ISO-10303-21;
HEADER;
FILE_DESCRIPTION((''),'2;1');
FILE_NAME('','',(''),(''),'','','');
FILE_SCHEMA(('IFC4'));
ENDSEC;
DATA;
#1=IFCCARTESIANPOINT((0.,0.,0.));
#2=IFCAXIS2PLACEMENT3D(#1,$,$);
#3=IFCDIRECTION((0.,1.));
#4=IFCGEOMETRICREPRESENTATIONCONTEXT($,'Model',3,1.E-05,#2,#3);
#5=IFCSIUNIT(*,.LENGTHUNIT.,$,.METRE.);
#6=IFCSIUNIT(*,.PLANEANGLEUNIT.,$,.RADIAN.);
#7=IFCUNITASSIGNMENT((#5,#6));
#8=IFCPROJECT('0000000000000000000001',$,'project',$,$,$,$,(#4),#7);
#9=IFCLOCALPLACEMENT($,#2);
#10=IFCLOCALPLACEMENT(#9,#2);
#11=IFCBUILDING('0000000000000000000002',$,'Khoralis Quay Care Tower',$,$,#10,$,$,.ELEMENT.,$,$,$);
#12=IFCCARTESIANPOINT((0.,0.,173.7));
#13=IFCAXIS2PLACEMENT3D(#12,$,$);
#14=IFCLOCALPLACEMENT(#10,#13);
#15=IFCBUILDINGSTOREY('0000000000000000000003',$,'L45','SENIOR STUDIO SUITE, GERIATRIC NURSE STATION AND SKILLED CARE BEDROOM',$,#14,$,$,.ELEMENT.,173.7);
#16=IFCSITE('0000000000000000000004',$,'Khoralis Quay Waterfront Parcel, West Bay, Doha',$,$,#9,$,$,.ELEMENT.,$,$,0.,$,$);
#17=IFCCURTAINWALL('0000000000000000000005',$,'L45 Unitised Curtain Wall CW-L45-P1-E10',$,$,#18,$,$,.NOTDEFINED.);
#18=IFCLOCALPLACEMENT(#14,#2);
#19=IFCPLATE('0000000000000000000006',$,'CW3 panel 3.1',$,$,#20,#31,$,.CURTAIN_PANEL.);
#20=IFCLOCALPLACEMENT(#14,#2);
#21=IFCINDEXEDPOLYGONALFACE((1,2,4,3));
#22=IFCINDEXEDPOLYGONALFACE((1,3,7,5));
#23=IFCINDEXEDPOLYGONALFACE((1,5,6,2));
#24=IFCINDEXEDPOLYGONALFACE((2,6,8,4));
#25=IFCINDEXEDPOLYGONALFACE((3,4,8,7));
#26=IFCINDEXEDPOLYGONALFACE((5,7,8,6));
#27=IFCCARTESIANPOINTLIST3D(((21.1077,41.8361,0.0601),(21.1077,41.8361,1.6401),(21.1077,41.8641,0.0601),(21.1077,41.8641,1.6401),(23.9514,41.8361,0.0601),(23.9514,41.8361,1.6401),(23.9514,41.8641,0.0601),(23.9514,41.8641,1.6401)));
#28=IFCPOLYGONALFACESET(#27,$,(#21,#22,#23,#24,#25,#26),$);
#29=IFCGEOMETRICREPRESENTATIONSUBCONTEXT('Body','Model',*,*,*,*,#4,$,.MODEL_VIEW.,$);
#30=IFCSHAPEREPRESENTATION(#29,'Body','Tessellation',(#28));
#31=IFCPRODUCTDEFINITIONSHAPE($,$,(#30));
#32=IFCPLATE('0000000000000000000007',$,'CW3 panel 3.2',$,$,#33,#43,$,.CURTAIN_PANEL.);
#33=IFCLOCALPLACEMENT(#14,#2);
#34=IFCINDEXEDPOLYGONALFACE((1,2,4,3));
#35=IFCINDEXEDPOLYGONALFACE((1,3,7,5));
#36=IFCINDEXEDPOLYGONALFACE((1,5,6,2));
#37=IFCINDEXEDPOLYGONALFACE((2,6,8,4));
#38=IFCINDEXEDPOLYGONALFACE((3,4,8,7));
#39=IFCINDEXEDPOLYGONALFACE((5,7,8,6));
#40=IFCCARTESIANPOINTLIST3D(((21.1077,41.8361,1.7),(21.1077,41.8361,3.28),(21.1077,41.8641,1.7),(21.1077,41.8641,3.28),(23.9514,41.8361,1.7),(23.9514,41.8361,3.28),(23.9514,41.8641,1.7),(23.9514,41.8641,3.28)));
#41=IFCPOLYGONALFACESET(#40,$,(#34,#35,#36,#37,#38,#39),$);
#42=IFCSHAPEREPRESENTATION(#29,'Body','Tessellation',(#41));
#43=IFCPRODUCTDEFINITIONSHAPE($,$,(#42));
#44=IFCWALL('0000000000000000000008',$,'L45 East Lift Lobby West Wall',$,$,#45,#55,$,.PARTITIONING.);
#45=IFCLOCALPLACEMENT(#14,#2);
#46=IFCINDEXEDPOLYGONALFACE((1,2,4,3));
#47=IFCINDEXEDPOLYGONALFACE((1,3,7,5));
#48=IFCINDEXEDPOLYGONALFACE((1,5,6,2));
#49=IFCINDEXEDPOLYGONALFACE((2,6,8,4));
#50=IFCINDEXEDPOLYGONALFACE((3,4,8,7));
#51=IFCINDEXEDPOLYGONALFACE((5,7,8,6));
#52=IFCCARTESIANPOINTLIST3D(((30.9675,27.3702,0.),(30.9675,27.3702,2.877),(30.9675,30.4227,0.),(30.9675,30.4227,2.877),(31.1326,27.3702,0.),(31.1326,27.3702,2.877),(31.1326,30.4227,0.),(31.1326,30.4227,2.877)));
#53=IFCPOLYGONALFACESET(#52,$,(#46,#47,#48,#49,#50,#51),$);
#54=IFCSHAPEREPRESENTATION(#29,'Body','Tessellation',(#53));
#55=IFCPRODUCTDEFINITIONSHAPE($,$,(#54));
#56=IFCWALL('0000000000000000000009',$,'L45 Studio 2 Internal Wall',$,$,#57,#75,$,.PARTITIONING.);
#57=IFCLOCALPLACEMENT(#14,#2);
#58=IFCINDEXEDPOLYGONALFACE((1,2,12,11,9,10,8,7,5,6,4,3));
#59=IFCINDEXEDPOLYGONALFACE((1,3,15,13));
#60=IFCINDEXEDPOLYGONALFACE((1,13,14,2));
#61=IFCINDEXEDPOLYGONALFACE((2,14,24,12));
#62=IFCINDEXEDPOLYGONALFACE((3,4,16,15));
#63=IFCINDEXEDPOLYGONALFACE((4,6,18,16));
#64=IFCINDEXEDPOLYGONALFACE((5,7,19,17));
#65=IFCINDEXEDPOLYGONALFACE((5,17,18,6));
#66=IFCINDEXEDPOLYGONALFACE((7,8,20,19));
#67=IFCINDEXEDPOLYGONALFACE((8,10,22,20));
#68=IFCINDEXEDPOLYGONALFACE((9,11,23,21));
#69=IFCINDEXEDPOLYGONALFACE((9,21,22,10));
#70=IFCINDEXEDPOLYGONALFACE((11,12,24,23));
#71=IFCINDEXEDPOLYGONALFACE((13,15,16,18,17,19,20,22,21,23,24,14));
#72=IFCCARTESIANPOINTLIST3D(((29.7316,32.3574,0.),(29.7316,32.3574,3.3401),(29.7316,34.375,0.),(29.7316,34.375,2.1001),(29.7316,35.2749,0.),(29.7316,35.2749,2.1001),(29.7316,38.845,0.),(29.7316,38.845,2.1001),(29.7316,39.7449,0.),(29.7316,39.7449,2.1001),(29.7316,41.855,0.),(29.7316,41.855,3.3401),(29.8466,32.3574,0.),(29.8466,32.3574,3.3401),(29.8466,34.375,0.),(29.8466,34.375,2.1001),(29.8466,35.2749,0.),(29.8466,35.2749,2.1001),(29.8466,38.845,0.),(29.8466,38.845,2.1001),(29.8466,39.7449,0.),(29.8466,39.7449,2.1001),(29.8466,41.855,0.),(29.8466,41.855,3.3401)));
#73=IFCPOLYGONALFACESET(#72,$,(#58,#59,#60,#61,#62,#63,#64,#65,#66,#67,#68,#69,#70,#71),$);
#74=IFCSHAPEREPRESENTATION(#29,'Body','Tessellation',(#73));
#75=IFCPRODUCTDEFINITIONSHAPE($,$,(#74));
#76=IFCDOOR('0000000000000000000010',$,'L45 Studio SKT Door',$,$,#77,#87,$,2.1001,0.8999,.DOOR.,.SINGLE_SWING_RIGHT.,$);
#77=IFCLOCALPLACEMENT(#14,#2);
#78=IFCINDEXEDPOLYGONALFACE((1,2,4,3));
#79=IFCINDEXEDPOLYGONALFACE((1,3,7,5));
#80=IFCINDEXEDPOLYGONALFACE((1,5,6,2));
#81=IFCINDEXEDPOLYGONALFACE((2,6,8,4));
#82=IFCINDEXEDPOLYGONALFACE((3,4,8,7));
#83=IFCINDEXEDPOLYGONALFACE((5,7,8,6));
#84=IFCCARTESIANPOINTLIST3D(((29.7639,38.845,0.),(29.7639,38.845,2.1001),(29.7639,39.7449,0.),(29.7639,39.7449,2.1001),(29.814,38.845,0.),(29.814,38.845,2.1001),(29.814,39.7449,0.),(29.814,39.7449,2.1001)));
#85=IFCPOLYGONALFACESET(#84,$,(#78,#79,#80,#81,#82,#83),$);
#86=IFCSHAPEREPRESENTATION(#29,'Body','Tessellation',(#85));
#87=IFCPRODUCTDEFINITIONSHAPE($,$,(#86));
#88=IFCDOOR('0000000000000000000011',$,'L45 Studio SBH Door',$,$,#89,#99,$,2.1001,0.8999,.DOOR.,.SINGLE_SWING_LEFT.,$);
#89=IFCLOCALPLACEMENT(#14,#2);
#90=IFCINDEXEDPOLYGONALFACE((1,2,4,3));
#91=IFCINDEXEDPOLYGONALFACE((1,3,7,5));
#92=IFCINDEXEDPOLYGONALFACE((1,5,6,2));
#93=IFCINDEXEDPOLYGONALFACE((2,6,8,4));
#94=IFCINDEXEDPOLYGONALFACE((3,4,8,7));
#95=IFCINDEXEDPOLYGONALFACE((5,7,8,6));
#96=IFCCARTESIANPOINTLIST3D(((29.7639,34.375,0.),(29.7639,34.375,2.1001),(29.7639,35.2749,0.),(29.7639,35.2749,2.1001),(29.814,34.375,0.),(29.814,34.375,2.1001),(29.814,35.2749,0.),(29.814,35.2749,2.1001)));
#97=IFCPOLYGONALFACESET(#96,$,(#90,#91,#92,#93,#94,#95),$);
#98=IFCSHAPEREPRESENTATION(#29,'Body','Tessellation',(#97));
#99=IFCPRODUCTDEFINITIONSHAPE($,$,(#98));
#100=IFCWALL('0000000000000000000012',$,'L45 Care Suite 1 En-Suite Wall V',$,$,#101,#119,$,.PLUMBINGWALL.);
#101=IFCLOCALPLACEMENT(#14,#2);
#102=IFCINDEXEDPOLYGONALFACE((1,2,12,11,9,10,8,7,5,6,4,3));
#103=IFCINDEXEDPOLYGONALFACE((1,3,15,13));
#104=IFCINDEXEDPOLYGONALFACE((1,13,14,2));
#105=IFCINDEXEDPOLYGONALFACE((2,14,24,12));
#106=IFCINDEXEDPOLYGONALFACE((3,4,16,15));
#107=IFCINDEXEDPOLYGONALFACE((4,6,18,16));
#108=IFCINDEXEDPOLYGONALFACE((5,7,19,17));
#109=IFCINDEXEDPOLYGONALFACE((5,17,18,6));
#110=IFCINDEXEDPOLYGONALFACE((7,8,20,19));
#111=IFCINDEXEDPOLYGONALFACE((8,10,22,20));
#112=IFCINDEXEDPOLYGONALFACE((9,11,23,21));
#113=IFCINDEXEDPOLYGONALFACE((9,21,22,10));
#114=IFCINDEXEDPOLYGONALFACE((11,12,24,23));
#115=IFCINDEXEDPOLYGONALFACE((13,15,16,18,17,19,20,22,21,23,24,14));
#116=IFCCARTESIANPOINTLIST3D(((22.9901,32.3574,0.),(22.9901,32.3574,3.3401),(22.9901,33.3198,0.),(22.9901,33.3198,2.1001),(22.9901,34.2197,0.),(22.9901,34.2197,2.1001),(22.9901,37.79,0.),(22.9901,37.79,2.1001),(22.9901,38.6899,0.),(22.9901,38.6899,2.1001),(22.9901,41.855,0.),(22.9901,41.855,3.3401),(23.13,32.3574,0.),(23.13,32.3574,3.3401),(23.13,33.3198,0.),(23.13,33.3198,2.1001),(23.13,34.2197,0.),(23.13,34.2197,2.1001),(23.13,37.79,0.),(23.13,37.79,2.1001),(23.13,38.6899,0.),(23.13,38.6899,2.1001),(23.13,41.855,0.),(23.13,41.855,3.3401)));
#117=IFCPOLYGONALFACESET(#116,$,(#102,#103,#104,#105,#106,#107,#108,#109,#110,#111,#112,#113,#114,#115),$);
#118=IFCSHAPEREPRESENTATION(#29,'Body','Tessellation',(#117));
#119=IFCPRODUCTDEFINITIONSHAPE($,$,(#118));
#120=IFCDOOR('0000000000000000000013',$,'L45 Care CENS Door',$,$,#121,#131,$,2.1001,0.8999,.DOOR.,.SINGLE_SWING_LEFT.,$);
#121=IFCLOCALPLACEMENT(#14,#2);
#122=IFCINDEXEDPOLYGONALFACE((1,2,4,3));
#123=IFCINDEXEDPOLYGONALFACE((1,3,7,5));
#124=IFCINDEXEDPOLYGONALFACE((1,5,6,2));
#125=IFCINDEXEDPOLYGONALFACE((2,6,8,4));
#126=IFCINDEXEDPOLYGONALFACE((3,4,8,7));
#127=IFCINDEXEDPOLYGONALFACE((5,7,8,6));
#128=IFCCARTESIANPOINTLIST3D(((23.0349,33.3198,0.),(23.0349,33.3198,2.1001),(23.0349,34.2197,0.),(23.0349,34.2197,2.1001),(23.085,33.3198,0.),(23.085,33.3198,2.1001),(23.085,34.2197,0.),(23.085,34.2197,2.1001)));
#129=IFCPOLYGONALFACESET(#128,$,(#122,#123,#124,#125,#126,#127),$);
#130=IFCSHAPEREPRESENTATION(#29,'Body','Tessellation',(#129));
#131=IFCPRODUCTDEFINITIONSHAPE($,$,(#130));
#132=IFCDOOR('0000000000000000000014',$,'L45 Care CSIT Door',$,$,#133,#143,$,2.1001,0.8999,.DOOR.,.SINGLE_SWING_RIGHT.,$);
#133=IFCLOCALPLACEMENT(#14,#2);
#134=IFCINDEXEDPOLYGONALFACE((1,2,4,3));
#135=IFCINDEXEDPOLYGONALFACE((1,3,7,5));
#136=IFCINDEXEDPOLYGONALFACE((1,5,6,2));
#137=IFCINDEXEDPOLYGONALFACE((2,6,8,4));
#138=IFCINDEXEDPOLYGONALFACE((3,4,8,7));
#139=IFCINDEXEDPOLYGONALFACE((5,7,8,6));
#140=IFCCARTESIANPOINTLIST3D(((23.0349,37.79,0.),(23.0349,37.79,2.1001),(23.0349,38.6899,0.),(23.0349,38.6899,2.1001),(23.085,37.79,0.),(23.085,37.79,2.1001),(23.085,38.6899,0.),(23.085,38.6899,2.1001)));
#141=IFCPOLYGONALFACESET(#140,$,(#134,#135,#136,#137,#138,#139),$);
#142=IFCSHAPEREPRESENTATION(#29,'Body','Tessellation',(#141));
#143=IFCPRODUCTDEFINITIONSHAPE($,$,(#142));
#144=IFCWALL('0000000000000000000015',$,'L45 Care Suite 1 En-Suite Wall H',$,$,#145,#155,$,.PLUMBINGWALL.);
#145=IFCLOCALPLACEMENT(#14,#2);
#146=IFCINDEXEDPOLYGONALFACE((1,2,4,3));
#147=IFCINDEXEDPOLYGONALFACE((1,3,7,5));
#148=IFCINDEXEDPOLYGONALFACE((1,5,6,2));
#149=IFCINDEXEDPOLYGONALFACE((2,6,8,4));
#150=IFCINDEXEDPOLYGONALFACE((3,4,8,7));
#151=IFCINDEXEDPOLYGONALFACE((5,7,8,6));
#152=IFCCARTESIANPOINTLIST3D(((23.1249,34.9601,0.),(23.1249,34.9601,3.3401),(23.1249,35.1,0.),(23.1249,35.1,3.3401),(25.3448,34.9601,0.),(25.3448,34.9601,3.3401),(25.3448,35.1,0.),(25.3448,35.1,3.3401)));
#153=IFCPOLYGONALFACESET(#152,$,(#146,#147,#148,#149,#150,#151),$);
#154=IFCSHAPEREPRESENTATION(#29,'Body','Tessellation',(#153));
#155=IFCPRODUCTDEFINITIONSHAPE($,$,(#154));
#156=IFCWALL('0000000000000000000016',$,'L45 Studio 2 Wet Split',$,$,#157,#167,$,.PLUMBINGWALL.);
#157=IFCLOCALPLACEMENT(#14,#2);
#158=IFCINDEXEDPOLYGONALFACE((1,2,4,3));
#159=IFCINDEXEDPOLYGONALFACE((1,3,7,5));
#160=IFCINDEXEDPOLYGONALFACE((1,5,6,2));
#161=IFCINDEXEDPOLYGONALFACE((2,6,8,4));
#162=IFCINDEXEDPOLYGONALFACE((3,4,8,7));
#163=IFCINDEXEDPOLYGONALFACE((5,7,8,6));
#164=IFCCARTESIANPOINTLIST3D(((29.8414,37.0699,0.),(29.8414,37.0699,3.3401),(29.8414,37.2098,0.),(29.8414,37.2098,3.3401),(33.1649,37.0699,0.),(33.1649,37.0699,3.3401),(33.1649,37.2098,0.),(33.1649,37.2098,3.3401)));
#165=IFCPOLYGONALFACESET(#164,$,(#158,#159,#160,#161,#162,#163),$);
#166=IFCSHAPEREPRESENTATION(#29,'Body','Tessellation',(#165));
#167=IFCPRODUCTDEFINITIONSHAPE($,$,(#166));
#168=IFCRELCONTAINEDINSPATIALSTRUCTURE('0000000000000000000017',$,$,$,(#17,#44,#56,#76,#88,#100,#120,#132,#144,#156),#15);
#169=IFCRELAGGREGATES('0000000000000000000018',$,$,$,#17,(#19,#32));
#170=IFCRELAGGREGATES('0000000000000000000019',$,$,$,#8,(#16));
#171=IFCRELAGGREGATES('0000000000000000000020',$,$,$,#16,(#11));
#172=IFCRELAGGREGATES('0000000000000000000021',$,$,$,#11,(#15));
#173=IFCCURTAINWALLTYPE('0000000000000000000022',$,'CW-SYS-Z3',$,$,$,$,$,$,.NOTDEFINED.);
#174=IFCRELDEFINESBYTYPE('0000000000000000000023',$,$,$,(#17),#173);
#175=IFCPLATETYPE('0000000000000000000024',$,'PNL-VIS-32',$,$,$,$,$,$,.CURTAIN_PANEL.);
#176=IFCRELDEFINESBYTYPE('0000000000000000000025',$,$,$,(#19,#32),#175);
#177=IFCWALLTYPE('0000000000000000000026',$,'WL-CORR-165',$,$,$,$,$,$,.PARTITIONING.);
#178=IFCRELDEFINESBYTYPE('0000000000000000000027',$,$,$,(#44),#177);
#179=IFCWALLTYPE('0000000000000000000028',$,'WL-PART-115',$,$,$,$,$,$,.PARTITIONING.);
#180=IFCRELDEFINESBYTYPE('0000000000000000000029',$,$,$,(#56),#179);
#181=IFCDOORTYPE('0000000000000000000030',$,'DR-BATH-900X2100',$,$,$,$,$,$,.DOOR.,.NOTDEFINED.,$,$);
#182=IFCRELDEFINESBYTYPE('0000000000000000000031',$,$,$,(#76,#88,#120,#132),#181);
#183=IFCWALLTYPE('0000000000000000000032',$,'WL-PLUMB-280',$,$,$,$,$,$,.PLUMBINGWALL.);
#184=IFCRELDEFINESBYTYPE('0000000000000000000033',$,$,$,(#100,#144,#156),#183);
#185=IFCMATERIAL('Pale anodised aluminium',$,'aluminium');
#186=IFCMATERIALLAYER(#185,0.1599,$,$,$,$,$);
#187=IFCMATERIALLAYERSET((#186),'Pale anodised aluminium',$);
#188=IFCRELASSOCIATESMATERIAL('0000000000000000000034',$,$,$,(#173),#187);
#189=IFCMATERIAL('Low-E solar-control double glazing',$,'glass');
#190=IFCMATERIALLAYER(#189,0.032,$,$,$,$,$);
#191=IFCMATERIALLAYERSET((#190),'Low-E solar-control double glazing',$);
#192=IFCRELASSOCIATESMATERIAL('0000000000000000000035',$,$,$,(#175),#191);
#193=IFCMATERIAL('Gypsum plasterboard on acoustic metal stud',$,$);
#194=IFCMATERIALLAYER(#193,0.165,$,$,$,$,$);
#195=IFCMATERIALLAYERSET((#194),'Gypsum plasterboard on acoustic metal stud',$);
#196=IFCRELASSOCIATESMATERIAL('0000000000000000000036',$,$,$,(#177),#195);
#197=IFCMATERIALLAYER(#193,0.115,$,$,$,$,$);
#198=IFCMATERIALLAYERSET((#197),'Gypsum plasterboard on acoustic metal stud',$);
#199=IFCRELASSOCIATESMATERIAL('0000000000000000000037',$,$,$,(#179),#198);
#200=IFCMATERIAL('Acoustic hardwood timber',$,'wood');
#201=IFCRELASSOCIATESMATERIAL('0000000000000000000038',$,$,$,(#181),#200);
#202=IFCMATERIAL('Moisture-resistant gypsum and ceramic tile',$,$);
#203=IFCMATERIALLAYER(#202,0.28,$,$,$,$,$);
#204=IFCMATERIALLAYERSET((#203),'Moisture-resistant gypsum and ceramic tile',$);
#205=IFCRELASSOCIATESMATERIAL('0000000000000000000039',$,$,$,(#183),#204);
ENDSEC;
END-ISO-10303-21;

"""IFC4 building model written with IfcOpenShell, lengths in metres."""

from ifc_helpers import new_model, si_unit, direction, frame, frame_2d, origin, origin_2d, place, context, subcontext, project, spatial, rectangle, extrude, source, transform, mapped, material, layer, layer_set, type_object, element, fill, aggregate, save


model = new_model("IFC4")

# Units and contexts
model_context = context("Model", 3, precision=1e-05, world=origin(), true_north=direction((0.0, 1.0)))
body_context = subcontext(model_context, "Body", "Model", "MODEL_VIEW")
ifc_project = project(units=[si_unit("LENGTHUNIT", "METRE"), si_unit("PLANEANGLEUNIT", "RADIAN")], contexts=[model_context])

# Site, building, storey
site_placement = place(None, origin())
site = spatial("IfcSite", under=ifc_project, at=site_placement, Name="Khoralis Quay Waterfront Parcel, West Bay, Doha", CompositionType="ELEMENT", RefElevation=0.0)
building_placement = place(site_placement, origin())
building = spatial("IfcBuilding", under=site, at=building_placement, Name="Khoralis Quay Care Tower", CompositionType="ELEMENT")
storey_placement = place(building_placement, frame((0.0, 0.0, 173.7)))
storey = spatial("IfcBuildingStorey", under=building, at=storey_placement, Name="L45", Description="SENIOR STUDIO SUITE, GERIATRIC NURSE STATION AND SKILLED CARE BEDROOM", CompositionType="ELEMENT", Elevation=173.7)

# Curtain wall, plates
ifc_material_1 = material(Name="Pale anodised aluminium", Category="aluminium")
ifc_layer_1 = layer(ifc_material_1, 0.1599)
ifc_layer_set_1 = layer_set([ifc_layer_1], Name="Pale anodised aluminium")
curtain_wall_type = type_object("IfcCurtainWallType", Name="CW-SYS-Z3", PredefinedType="NOTDEFINED", material=ifc_layer_set_1)
curtain_wall_placement = place(storey_placement, origin())
curtain_wall = element("IfcCurtainWall", 1, at=curtain_wall_placement, inside=storey, type_object=curtain_wall_type, Name="L45 Unitised Curtain Wall CW-L45-P1-E10", PredefinedType="NOTDEFINED")
ifc_material_2 = material(Name="Low-E solar-control double glazing", Category="glass")
ifc_layer_2 = layer(ifc_material_2, 0.032)
ifc_layer_set_2 = layer_set([ifc_layer_2], Name="Low-E solar-control double glazing")
plate_type = type_object("IfcPlateType", Name="PNL-VIS-32", PredefinedType="CURTAIN_PANEL", material=ifc_layer_set_2)
shared_shape_1 = source(origin(), body_context, "Body", "SweptSolid", [
    extrude(rectangle(XDim=2.8438, YDim=0.0281, at=origin_2d()), origin(), (0.0, 0.0, 1.0), 1.5801),
])
plate_1_placement = place(storey_placement, frame((22.5295, 41.8501, 0.0601), z_axis=(0.0, 0.0, 1.0), x_axis=(-1.0, 0.0, 0.0)))
plate_1 = element("IfcPlate", 2, at=plate_1_placement, type_object=plate_type, Name="CW3 panel 3.1", PredefinedType="CURTAIN_PANEL", context=body_context, shape_type="MappedRepresentation", body=[
    mapped(shared_shape_1, transform((0.0, 0.0, 0.0), scale=1.0)),
])
plate_2_placement = place(storey_placement, frame((22.5295, 41.8501, 1.7), z_axis=(0.0, 0.0, 1.0), x_axis=(-1.0, 0.0, 0.0)))
plate_2 = element("IfcPlate", 3, at=plate_2_placement, type_object=plate_type, Name="CW3 panel 3.2", PredefinedType="CURTAIN_PANEL", context=body_context, shape_type="MappedRepresentation", body=[
    mapped(shared_shape_1, transform((0.0, 0.0, 0.0), scale=1.0)),
])
aggregate(curtain_wall, [plate_1, plate_2])

# Wall
ifc_material_3 = material(Name="Gypsum plasterboard on acoustic metal stud")
ifc_layer_3 = layer(ifc_material_3, 0.165)
ifc_layer_set_3 = layer_set([ifc_layer_3], Name="Gypsum plasterboard on acoustic metal stud")
wall_type_1 = type_object("IfcWallType", Name="WL-CORR-165", PredefinedType="PARTITIONING", material=ifc_layer_set_3)
wall_1_placement = place(storey_placement, frame((31.05, 27.3701, 0.0), z_axis=(0.0, 0.0, 1.0), x_axis=(0.0, 1.0, 0.0)))
element("IfcWall", 4, at=wall_1_placement, inside=storey, type_object=wall_type_1, Name="L45 East Lift Lobby West Wall", PredefinedType="PARTITIONING", context=body_context, shape_type="SweptSolid", body=[
    extrude(rectangle(XDim=3.0525, YDim=0.165, at=frame_2d((1.5264, 0.0))), origin(), (0.0, 0.0, 1.0), 2.877),
])

# Walls, openings, doors
ifc_layer_4 = layer(ifc_material_3, 0.115)
ifc_layer_set_4 = layer_set([ifc_layer_4], Name="Gypsum plasterboard on acoustic metal stud")
wall_type_2 = type_object("IfcWallType", Name="WL-PART-115", PredefinedType="PARTITIONING", material=ifc_layer_set_4)
wall_2_placement = place(storey_placement, frame((29.7891, 32.3574, 0.0), z_axis=(0.0, 0.0, 1.0), x_axis=(0.0, 1.0, 0.0)))
wall_2 = element("IfcWall", 5, at=wall_2_placement, inside=storey, type_object=wall_type_2, Name="L45 Studio 2 Internal Wall", PredefinedType="PARTITIONING", context=body_context, shape_type="SweptSolid", body=[
    extrude(rectangle(XDim=9.4976, YDim=0.115, at=frame_2d((4.7488, 0.0))), origin(), (0.0, 0.0, 1.0), 3.3401),
])
opening_1_placement = place(wall_2_placement, frame((6.4875, 0.0, 0.0)))
opening_1 = element("IfcOpeningElement", 6, at=opening_1_placement, cuts=wall_2, PredefinedType="OPENING", context=body_context, shape_type="SweptSolid", body=[
    extrude(rectangle(XDim=0.8999, YDim=2.1001, at=frame_2d((0.45, 1.05))), frame((0.0, 0.0674, 0.0), z_axis=(0.0, -1.0, 0.0), x_axis=(1.0, 0.0, 0.0)), (0.0, 0.0, 1.0), 0.135),
])
opening_2_placement = place(wall_2_placement, frame((2.0176, 0.0, 0.0)))
opening_2 = element("IfcOpeningElement", 7, at=opening_2_placement, cuts=wall_2, PredefinedType="OPENING", context=body_context, shape_type="SweptSolid", body=[
    extrude(rectangle(XDim=0.8999, YDim=2.1001, at=frame_2d((0.45, 1.05))), frame((0.0, 0.0674, 0.0), z_axis=(0.0, -1.0, 0.0), x_axis=(1.0, 0.0, 0.0)), (0.0, 0.0, 1.0), 0.135),
])
ifc_material_4 = material(Name="Acoustic hardwood timber", Category="wood")
door_type = type_object("IfcDoorType", Name="DR-BATH-900X2100", OperationType="NOTDEFINED", PredefinedType="DOOR", material=ifc_material_4)
shared_shape_2 = source(origin(), body_context, "Body", "SweptSolid", [
    extrude(rectangle(XDim=0.8999, YDim=2.1001, at=frame_2d((0.45, 1.05))), frame((0.0, 0.0249, 0.0), z_axis=(0.0, -1.0, 0.0), x_axis=(1.0, 0.0, 0.0)), (0.0, 0.0, 1.0), 0.05),
])
door_1_placement = place(opening_1_placement, frame((0.8999, 0.0, 0.0), z_axis=(0.0, 0.0, 1.0), x_axis=(-1.0, 0.0, 0.0)))
door_1 = element("IfcDoor", 8, at=door_1_placement, inside=storey, type_object=door_type, Name="L45 Studio SKT Door", OperationType="SINGLE_SWING_RIGHT", OverallHeight=2.1001, OverallWidth=0.8999, PredefinedType="DOOR", context=body_context, shape_type="MappedRepresentation", body=[
    mapped(shared_shape_2, transform((0.0, 0.0, 0.0), scale=1.0)),
])
fill(opening_1, door_1)
door_2_placement = place(opening_2_placement, frame((0.8999, 0.0, 0.0), z_axis=(0.0, 0.0, 1.0), x_axis=(-1.0, 0.0, 0.0)))
door_2 = element("IfcDoor", 9, at=door_2_placement, inside=storey, type_object=door_type, Name="L45 Studio SBH Door", OperationType="SINGLE_SWING_LEFT", OverallHeight=2.1001, OverallWidth=0.8999, PredefinedType="DOOR", context=body_context, shape_type="MappedRepresentation", body=[
    mapped(shared_shape_2, transform((0.0, 0.0, 0.0), scale=1.0)),
])
fill(opening_2, door_2)
ifc_material_5 = material(Name="Moisture-resistant gypsum and ceramic tile")
ifc_layer_5 = layer(ifc_material_5, 0.28)
ifc_layer_set_5 = layer_set([ifc_layer_5], Name="Moisture-resistant gypsum and ceramic tile")
wall_type_3 = type_object("IfcWallType", Name="WL-PLUMB-280", PredefinedType="PLUMBINGWALL", material=ifc_layer_set_5)
wall_3_placement = place(storey_placement, frame((23.0601, 32.3574, 0.0), z_axis=(0.0, 0.0, 1.0), x_axis=(0.0, 1.0, 0.0)))
wall_3 = element("IfcWall", 10, at=wall_3_placement, inside=storey, type_object=wall_type_3, Name="L45 Care Suite 1 En-Suite Wall V", PredefinedType="PLUMBINGWALL", context=body_context, shape_type="SweptSolid", body=[
    extrude(rectangle(XDim=9.4976, YDim=0.1399, at=frame_2d((4.7488, 0.0))), origin(), (0.0, 0.0, 1.0), 3.3401),
])
opening_3_placement = place(wall_3_placement, frame((0.9624, 0.0, 0.0)))
opening_3 = element("IfcOpeningElement", 11, at=opening_3_placement, cuts=wall_3, PredefinedType="OPENING", context=body_context, shape_type="SweptSolid", body=[
    extrude(rectangle(XDim=0.8999, YDim=2.1001, at=frame_2d((0.45, 1.05))), frame((0.0, 0.0801, 0.0), z_axis=(0.0, -1.0, 0.0), x_axis=(1.0, 0.0, 0.0)), (0.0, 0.0, 1.0), 0.1599),
])
opening_4_placement = place(wall_3_placement, frame((5.4326, 0.0, 0.0)))
opening_4 = element("IfcOpeningElement", 12, at=opening_4_placement, cuts=wall_3, PredefinedType="OPENING", context=body_context, shape_type="SweptSolid", body=[
    extrude(rectangle(XDim=0.8999, YDim=2.1001, at=frame_2d((0.45, 1.05))), frame((0.0, 0.0801, 0.0), z_axis=(0.0, -1.0, 0.0), x_axis=(1.0, 0.0, 0.0)), (0.0, 0.0, 1.0), 0.1599),
])
door_3_placement = place(opening_3_placement, frame((0.8999, 0.0, 0.0), z_axis=(0.0, 0.0, 1.0), x_axis=(-1.0, 0.0, 0.0)))
door_3 = element("IfcDoor", 13, at=door_3_placement, inside=storey, type_object=door_type, Name="L45 Care CENS Door", OperationType="SINGLE_SWING_LEFT", OverallHeight=2.1001, OverallWidth=0.8999, PredefinedType="DOOR", context=body_context, shape_type="MappedRepresentation", body=[
    mapped(shared_shape_2, transform((0.0, 0.0, 0.0), scale=1.0)),
])
fill(opening_3, door_3)
door_4_placement = place(opening_4_placement, frame((0.8999, 0.0, 0.0), z_axis=(0.0, 0.0, 1.0), x_axis=(-1.0, 0.0, 0.0)))
door_4 = element("IfcDoor", 14, at=door_4_placement, inside=storey, type_object=door_type, Name="L45 Care CSIT Door", OperationType="SINGLE_SWING_RIGHT", OverallHeight=2.1001, OverallWidth=0.8999, PredefinedType="DOOR", context=body_context, shape_type="MappedRepresentation", body=[
    mapped(shared_shape_2, transform((0.0, 0.0, 0.0), scale=1.0)),
])
fill(opening_4, door_4)

# Walls
wall_4_placement = place(storey_placement, frame((23.125, 35.03, 0.0), z_axis=(0.0, 0.0, 1.0), x_axis=(1.0, 0.0, 0.0)))
element("IfcWall", 15, at=wall_4_placement, inside=storey, type_object=wall_type_3, Name="L45 Care Suite 1 En-Suite Wall H", PredefinedType="PLUMBINGWALL", context=body_context, shape_type="SweptSolid", body=[
    extrude(rectangle(XDim=2.22, YDim=0.1399, at=frame_2d((1.1099, 0.0))), origin(), (0.0, 0.0, 1.0), 3.3401),
])
wall_5_placement = place(storey_placement, frame((29.8416, 37.1399, 0.0), z_axis=(0.0, 0.0, 1.0), x_axis=(1.0, 0.0, 0.0)))
element("IfcWall", 16, at=wall_5_placement, inside=storey, type_object=wall_type_3, Name="L45 Studio 2 Wet Split", PredefinedType="PLUMBINGWALL", context=body_context, shape_type="SweptSolid", body=[
    extrude(rectangle(XDim=3.3235, YDim=0.1399, at=frame_2d((1.6616, 0.0))), origin(), (0.0, 0.0, 1.0), 3.3401),
])

save(model, "model.ifc")
